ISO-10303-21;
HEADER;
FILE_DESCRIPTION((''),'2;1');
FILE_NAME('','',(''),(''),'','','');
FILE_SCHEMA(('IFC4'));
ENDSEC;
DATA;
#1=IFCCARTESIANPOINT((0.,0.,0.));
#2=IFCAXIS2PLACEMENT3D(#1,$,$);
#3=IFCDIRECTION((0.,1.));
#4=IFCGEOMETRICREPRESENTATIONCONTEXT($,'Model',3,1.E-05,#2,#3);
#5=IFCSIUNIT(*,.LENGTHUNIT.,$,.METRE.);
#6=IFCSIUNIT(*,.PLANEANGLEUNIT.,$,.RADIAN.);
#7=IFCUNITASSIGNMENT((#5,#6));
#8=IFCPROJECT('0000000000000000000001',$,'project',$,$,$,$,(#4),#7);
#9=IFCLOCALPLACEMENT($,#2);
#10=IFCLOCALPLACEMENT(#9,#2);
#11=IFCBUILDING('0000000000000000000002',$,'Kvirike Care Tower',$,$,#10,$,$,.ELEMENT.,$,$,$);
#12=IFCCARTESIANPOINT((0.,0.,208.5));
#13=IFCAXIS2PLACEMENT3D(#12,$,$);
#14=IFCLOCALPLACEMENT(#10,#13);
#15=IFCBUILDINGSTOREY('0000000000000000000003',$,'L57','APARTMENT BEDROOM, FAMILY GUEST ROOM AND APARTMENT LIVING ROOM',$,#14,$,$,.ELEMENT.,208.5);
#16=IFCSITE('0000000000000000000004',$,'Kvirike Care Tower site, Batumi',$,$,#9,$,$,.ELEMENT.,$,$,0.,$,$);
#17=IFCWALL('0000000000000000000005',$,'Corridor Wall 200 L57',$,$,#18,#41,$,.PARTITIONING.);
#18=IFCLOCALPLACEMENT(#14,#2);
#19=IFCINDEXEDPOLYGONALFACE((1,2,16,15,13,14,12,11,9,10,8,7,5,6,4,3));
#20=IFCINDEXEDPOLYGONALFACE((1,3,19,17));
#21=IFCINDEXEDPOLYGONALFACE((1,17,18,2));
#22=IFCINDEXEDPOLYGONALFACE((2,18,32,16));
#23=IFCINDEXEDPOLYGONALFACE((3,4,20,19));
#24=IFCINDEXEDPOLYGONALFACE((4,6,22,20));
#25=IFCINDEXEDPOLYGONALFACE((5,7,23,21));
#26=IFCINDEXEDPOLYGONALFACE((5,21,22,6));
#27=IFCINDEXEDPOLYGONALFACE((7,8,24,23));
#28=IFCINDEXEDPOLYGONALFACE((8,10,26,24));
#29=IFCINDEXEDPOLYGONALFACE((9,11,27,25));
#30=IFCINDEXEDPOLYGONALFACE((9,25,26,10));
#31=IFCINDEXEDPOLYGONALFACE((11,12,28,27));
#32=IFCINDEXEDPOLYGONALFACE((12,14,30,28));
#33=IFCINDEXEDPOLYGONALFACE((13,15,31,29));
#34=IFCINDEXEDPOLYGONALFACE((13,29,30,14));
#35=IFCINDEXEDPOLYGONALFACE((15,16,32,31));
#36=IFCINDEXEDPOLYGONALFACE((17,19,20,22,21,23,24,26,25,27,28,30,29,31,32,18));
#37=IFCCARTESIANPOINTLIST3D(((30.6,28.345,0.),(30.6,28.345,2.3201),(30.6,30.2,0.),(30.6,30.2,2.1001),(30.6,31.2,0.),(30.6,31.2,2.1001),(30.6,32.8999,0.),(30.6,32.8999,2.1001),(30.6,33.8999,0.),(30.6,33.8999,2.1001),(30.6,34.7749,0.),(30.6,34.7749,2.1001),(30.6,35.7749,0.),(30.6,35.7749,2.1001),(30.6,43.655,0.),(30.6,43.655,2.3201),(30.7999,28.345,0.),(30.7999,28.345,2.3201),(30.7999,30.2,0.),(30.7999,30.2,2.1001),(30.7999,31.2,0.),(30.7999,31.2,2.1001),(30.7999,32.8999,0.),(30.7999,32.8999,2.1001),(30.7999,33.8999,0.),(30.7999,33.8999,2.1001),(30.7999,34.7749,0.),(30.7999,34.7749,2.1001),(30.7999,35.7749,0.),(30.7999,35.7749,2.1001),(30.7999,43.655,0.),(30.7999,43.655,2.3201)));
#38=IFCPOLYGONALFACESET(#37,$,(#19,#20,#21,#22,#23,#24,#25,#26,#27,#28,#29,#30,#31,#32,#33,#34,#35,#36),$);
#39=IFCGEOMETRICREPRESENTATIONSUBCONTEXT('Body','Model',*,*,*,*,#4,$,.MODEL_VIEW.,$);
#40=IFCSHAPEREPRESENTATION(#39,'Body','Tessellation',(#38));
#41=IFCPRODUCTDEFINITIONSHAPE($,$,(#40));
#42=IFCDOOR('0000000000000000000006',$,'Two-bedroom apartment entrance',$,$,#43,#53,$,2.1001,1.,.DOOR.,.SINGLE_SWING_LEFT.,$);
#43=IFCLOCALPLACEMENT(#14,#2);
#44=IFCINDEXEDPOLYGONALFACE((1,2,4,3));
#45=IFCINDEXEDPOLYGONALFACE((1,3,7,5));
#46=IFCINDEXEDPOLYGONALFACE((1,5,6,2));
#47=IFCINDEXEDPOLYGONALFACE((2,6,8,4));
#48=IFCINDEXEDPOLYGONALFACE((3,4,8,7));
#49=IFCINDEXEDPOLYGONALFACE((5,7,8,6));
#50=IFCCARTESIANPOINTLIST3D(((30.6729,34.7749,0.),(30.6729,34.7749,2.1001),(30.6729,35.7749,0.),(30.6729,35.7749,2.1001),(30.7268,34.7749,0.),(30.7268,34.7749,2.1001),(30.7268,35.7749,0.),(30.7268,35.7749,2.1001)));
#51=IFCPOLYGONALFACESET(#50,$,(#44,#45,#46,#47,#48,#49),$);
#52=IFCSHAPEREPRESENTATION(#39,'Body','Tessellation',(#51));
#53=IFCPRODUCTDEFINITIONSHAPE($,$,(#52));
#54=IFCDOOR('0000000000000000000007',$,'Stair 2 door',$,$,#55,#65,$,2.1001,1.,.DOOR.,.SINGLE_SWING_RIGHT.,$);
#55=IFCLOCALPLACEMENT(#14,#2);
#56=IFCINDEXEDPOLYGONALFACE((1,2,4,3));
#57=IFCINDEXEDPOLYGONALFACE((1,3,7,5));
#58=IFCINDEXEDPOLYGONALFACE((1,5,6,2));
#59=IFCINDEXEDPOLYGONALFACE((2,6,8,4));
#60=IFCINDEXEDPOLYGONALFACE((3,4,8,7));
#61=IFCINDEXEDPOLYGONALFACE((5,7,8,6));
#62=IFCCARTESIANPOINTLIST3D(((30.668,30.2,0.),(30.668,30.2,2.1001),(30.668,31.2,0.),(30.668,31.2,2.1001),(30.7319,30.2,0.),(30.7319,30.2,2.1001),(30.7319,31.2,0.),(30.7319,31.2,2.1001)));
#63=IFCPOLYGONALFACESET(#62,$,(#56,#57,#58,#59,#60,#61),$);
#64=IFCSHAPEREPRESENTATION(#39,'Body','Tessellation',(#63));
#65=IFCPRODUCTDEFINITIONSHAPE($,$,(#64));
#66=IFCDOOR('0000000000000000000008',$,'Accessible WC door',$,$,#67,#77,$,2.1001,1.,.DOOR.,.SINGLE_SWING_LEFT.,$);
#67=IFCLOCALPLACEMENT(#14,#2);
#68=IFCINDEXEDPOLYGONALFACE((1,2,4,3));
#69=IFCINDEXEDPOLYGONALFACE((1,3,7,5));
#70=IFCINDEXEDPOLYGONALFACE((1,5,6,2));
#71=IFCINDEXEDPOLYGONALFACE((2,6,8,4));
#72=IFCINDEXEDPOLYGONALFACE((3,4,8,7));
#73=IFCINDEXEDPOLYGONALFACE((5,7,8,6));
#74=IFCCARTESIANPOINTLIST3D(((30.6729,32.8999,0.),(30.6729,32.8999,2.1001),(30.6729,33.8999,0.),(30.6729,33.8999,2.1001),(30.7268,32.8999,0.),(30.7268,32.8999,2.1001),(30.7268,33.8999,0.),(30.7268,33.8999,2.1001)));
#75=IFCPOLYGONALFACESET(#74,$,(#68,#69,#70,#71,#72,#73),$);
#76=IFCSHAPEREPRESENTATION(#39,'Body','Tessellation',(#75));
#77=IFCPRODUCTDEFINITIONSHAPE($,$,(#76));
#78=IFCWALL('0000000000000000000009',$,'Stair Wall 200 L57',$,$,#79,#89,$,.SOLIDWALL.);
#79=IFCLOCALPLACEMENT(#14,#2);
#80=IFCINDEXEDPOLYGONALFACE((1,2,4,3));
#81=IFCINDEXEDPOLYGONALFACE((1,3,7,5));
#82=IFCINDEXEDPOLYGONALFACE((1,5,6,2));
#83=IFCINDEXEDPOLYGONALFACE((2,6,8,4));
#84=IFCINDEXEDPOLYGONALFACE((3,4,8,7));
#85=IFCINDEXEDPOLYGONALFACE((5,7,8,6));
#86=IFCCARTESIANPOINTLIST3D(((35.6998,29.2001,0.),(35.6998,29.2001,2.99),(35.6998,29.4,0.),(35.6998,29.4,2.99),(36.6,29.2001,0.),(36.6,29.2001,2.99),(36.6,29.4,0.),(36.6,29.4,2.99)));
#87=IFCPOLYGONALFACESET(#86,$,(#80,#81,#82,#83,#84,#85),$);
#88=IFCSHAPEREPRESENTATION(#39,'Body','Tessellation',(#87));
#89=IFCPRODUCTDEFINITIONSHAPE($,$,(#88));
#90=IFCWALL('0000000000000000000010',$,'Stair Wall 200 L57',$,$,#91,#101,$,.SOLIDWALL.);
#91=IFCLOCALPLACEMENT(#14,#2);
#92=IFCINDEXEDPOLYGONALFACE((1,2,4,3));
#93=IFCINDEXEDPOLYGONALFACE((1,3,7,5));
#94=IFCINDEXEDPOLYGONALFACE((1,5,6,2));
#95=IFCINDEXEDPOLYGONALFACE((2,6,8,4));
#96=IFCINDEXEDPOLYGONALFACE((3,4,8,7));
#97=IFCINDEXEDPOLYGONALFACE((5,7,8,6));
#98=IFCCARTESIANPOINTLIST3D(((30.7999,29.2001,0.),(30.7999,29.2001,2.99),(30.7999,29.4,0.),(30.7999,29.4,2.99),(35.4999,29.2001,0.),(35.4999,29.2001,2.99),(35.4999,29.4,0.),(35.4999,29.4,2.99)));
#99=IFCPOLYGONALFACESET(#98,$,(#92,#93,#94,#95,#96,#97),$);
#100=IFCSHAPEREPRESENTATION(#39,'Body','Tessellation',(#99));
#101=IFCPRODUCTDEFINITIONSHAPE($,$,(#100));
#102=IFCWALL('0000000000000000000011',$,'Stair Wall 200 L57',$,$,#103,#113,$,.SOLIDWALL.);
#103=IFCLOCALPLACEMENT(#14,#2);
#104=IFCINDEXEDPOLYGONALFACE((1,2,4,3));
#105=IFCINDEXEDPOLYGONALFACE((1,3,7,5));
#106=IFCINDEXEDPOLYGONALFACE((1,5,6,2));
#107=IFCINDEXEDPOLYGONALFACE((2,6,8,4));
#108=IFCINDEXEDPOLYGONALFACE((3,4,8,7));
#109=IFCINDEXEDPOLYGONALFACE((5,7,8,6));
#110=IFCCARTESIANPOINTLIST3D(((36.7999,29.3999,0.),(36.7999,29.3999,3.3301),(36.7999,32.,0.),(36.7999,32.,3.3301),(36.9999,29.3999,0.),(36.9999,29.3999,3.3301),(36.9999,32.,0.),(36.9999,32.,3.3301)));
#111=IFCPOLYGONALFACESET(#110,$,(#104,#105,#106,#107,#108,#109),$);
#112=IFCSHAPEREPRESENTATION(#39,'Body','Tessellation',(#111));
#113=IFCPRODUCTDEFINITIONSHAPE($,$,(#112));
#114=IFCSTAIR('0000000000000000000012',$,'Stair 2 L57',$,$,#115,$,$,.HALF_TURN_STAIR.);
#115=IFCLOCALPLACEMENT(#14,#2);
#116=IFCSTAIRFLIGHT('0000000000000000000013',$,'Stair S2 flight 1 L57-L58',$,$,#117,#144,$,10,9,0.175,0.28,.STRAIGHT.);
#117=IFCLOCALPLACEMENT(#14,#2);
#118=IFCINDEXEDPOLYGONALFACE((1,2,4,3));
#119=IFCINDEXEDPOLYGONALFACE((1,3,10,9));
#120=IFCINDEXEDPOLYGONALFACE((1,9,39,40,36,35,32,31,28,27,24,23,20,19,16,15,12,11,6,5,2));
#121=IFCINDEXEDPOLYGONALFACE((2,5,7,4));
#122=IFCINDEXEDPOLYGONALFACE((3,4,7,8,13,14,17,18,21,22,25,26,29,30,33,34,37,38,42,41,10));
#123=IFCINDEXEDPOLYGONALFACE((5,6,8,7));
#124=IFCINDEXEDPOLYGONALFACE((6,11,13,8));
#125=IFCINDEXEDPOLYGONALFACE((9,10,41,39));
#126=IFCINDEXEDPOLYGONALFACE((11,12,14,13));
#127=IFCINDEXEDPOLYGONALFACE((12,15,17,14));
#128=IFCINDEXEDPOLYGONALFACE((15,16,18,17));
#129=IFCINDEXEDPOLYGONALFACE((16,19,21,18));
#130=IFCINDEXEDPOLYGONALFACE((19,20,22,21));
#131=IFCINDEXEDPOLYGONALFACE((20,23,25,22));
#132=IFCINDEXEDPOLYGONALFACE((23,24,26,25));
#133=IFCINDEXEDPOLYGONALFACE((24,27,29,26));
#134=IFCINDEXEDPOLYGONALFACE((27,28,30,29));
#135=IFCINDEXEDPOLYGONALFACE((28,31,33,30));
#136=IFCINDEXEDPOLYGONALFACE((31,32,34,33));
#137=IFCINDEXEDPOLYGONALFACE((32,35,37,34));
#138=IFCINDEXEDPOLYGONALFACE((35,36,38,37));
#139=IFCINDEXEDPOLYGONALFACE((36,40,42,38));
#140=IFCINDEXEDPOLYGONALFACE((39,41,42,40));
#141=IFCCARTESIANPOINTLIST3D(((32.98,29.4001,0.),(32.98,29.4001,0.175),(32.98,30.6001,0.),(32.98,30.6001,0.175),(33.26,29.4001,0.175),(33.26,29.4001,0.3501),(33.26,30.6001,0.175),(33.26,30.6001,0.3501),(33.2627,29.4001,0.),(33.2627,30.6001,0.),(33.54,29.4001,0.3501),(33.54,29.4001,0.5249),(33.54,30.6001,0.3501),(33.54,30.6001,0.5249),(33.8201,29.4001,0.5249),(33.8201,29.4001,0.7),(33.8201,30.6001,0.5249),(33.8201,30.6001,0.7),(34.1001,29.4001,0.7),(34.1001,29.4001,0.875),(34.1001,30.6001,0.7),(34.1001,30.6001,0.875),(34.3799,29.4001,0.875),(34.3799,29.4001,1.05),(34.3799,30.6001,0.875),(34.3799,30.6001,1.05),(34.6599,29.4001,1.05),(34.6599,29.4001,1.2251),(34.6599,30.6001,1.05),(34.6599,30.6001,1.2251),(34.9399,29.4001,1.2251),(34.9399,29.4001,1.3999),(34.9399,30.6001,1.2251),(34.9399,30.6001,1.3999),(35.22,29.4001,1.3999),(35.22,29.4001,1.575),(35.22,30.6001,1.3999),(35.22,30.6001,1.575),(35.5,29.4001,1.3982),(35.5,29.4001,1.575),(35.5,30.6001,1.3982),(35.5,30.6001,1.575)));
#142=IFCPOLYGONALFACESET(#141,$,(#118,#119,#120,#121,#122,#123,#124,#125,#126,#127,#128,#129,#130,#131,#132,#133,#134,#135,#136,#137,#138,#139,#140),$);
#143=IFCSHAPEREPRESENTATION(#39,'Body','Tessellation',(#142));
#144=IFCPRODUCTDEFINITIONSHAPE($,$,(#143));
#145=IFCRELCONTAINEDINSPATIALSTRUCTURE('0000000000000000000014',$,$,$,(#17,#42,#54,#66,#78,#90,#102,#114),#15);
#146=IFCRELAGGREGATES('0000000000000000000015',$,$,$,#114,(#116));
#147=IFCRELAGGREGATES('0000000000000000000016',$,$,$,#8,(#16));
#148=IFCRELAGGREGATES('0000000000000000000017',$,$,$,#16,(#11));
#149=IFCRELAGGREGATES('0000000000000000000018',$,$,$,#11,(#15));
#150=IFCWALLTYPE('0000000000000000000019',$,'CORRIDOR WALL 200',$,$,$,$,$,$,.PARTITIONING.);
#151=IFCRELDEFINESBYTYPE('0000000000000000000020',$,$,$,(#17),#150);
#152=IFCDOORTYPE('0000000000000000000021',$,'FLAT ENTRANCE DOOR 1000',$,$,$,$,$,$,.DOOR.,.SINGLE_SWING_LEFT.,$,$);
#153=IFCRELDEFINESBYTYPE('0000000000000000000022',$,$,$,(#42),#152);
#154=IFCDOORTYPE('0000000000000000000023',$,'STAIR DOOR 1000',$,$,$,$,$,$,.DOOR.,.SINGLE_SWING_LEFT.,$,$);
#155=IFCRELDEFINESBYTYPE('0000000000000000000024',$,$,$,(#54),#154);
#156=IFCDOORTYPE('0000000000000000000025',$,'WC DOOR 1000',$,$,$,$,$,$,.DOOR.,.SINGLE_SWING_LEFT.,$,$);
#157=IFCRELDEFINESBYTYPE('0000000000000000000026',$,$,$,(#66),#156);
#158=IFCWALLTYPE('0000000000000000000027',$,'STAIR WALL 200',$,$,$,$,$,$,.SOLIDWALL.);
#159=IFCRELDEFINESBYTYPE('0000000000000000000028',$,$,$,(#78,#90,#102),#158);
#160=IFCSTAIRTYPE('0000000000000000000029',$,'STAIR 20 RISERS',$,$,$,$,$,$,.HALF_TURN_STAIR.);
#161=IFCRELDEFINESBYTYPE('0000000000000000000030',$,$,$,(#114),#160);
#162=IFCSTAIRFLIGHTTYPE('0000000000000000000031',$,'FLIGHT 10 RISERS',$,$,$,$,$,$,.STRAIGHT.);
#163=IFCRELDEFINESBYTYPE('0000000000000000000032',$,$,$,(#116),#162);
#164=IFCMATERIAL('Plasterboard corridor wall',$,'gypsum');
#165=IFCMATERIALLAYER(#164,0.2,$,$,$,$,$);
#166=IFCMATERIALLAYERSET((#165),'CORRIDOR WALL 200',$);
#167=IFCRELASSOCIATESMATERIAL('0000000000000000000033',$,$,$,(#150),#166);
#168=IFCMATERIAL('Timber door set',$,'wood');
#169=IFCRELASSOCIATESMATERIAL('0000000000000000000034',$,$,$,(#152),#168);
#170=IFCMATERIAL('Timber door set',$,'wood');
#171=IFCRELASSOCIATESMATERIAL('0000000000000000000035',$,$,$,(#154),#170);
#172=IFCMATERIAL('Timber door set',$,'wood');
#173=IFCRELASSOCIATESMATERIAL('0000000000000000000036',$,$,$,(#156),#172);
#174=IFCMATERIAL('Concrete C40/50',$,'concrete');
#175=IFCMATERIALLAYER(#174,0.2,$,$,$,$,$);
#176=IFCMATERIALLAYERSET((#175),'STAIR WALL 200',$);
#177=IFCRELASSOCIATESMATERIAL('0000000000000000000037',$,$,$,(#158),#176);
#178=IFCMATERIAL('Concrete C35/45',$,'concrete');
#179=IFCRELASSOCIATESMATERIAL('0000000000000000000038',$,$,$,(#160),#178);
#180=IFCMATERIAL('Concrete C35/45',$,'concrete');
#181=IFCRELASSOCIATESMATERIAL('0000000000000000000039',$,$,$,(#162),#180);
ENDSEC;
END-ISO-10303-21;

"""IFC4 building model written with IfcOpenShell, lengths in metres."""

from ifc_helpers import new_model, si_unit, direction, frame, frame_2d, origin, place, context, subcontext, project, spatial, polyline, rectangle, outline, extrude, material, layer, layer_set, type_object, element, fill, aggregate, save


model = new_model("IFC4")

# Units and contexts
model_context = context("Model", 3, precision=1e-05, world=origin(), true_north=direction((0.0, 1.0)))
body_context = subcontext(model_context, "Body", "Model", "MODEL_VIEW")
ifc_project = project(units=[si_unit("LENGTHUNIT", "METRE"), si_unit("PLANEANGLEUNIT", "RADIAN")], contexts=[model_context])

# Site, building, storey
site_placement = place(None, origin())
site = spatial("IfcSite", under=ifc_project, at=site_placement, Name="Kvirike Care Tower site, Batumi", CompositionType="ELEMENT", RefElevation=0.0)
building_placement = place(site_placement, origin())
building = spatial("IfcBuilding", under=site, at=building_placement, Name="Kvirike Care Tower", CompositionType="ELEMENT")
storey_placement = place(building_placement, frame((0.0, 0.0, 208.5)))
storey = spatial("IfcBuildingStorey", under=building, at=storey_placement, Name="L57", Description="APARTMENT BEDROOM, FAMILY GUEST ROOM AND APARTMENT LIVING ROOM", CompositionType="ELEMENT", Elevation=208.5)

# Wall, openings, doors
ifc_material_1 = material(Name="Plasterboard corridor wall", Category="gypsum")
ifc_layer_1 = layer(ifc_material_1, 0.2)
ifc_layer_set_1 = layer_set([ifc_layer_1], Name="CORRIDOR WALL 200")
wall_type_1 = type_object("IfcWallType", Name="CORRIDOR WALL 200", PredefinedType="PARTITIONING", material=ifc_layer_set_1)
wall_1_placement = place(storey_placement, frame((30.7, 28.345, 0.0), z_axis=(0.0, 0.0, 1.0), x_axis=(0.0, 1.0, 0.0)))
wall_1 = element("IfcWall", 1, at=wall_1_placement, inside=storey, type_object=wall_type_1, Name="Corridor Wall 200 L57", PredefinedType="PARTITIONING", context=body_context, shape_type="SweptSolid", body=[
    extrude(rectangle(XDim=15.3101, YDim=0.2, at=frame_2d((7.655, 0.0))), origin(), (0.0, 0.0, 1.0), 2.3201),
])
opening_1_placement = place(wall_1_placement, frame((1.855, 0.0, 0.0)))
opening_1 = element("IfcOpeningElement", 2, at=opening_1_placement, cuts=wall_1, PredefinedType="OPENING", context=body_context, shape_type="SweptSolid", body=[
    extrude(rectangle(XDim=1.0, YDim=2.1001, at=frame_2d((0.5, 1.05))), frame((0.0, 0.1106, 0.0), z_axis=(0.0, -1.0, 0.0), x_axis=(1.0, 0.0, 0.0)), (0.0, 0.0, 1.0), 0.2209),
])
opening_2_placement = place(wall_1_placement, frame((4.5549, 0.0, 0.0)))
opening_2 = element("IfcOpeningElement", 3, at=opening_2_placement, cuts=wall_1, PredefinedType="OPENING", context=body_context, shape_type="SweptSolid", body=[
    extrude(rectangle(XDim=1.0, YDim=2.1001, at=frame_2d((0.5, 1.05))), frame((0.0, 0.1106, 0.0), z_axis=(0.0, -1.0, 0.0), x_axis=(1.0, 0.0, 0.0)), (0.0, 0.0, 1.0), 0.2209),
])
opening_3_placement = place(wall_1_placement, frame((6.4299, 0.0, 0.0)))
opening_3 = element("IfcOpeningElement", 4, at=opening_3_placement, cuts=wall_1, PredefinedType="OPENING", context=body_context, shape_type="SweptSolid", body=[
    extrude(rectangle(XDim=1.0, YDim=2.1001, at=frame_2d((0.5, 1.05))), frame((0.0, 0.1106, 0.0), z_axis=(0.0, -1.0, 0.0), x_axis=(1.0, 0.0, 0.0)), (0.0, 0.0, 1.0), 0.2209),
])
ifc_material_2 = material(Name="Timber door set", Category="wood")
door_type_1 = type_object("IfcDoorType", Name="FLAT ENTRANCE DOOR 1000", OperationType="SINGLE_SWING_LEFT", PredefinedType="DOOR", material=ifc_material_2)
door_1_placement = place(opening_3_placement, frame((1.0, 0.0, 0.0), z_axis=(0.0, 0.0, 1.0), x_axis=(-1.0, 0.0, 0.0)))
door_1 = element("IfcDoor", 5, at=door_1_placement, inside=storey, type_object=door_type_1, Name="Two-bedroom apartment entrance", OperationType="SINGLE_SWING_LEFT", OverallHeight=2.1001, OverallWidth=1.0, PredefinedType="DOOR", context=body_context, shape_type="SweptSolid", body=[
    extrude(rectangle(XDim=1.0, YDim=2.1001, at=frame_2d((0.5, 1.05))), frame((0.0, 0.0269, 0.0), z_axis=(0.0, -1.0, 0.0), x_axis=(1.0, 0.0, 0.0)), (0.0, 0.0, 1.0), 0.054),
])
fill(opening_3, door_1)
ifc_material_3 = material(Name="Timber door set", Category="wood")
door_type_2 = type_object("IfcDoorType", Name="STAIR DOOR 1000", OperationType="SINGLE_SWING_LEFT", PredefinedType="DOOR", material=ifc_material_3)
door_2_placement = place(opening_1_placement, frame((1.0, 0.0, 0.0), z_axis=(0.0, 0.0, 1.0), x_axis=(-1.0, 0.0, 0.0)))
door_2 = element("IfcDoor", 6, at=door_2_placement, inside=storey, type_object=door_type_2, Name="Stair 2 door", OperationType="SINGLE_SWING_RIGHT", OverallHeight=2.1001, OverallWidth=1.0, PredefinedType="DOOR", context=body_context, shape_type="SweptSolid", body=[
    extrude(rectangle(XDim=1.0, YDim=2.1001, at=frame_2d((0.5, 1.05))), frame((0.0, 0.032, 0.0), z_axis=(0.0, -1.0, 0.0), x_axis=(1.0, 0.0, 0.0)), (0.0, 0.0, 1.0), 0.064),
])
fill(opening_1, door_2)
ifc_material_4 = material(Name="Timber door set", Category="wood")
door_type_3 = type_object("IfcDoorType", Name="WC DOOR 1000", OperationType="SINGLE_SWING_LEFT", PredefinedType="DOOR", material=ifc_material_4)
door_3_placement = place(opening_2_placement, frame((1.0, 0.0, 0.0), z_axis=(0.0, 0.0, 1.0), x_axis=(-1.0, 0.0, 0.0)))
door_3 = element("IfcDoor", 7, at=door_3_placement, inside=storey, type_object=door_type_3, Name="Accessible WC door", OperationType="SINGLE_SWING_LEFT", OverallHeight=2.1001, OverallWidth=1.0, PredefinedType="DOOR", context=body_context, shape_type="SweptSolid", body=[
    extrude(rectangle(XDim=1.0, YDim=2.1001, at=frame_2d((0.5, 1.05))), frame((0.0, 0.0269, 0.0), z_axis=(0.0, -1.0, 0.0), x_axis=(1.0, 0.0, 0.0)), (0.0, 0.0, 1.0), 0.054),
])
fill(opening_2, door_3)

# Walls
ifc_material_5 = material(Name="Concrete C40/50", Category="concrete")
ifc_layer_2 = layer(ifc_material_5, 0.2)
ifc_layer_set_2 = layer_set([ifc_layer_2], Name="STAIR WALL 200")
wall_type_2 = type_object("IfcWallType", Name="STAIR WALL 200", PredefinedType="SOLIDWALL", material=ifc_layer_set_2)
wall_2_placement = place(storey_placement, frame((36.6001, 29.3, 0.0), z_axis=(0.0, 0.0, 1.0), x_axis=(-1.0, 0.0, 0.0)))
element("IfcWall", 8, at=wall_2_placement, inside=storey, type_object=wall_type_2, Name="Stair Wall 200 L57", PredefinedType="SOLIDWALL", context=body_context, shape_type="SweptSolid", body=[
    extrude(rectangle(XDim=0.9001, YDim=0.2, at=frame_2d((0.4502, 0.0))), origin(), (0.0, 0.0, 1.0), 2.99),
])
wall_3_placement = place(storey_placement, frame((35.5, 29.3, 0.0), z_axis=(0.0, 0.0, 1.0), x_axis=(-1.0, 0.0, 0.0)))
element("IfcWall", 9, at=wall_3_placement, inside=storey, type_object=wall_type_2, Name="Stair Wall 200 L57", PredefinedType="SOLIDWALL", context=body_context, shape_type="SweptSolid", body=[
    extrude(rectangle(XDim=4.7, YDim=0.2, at=frame_2d((2.3501, 0.0))), origin(), (0.0, 0.0, 1.0), 2.99),
])
wall_4_placement = place(storey_placement, frame((36.8999, 29.3999, 0.0), z_axis=(0.0, 0.0, 1.0), x_axis=(0.0, 1.0, 0.0)))
element("IfcWall", 10, at=wall_4_placement, inside=storey, type_object=wall_type_2, Name="Stair Wall 200 L57", PredefinedType="SOLIDWALL", context=body_context, shape_type="SweptSolid", body=[
    extrude(rectangle(XDim=2.6001, YDim=0.2, at=frame_2d((1.3, 0.0))), origin(), (0.0, 0.0, 1.0), 3.3301),
])

# Stair, stair flight
ifc_material_6 = material(Name="Concrete C35/45", Category="concrete")
stair_type = type_object("IfcStairType", Name="STAIR 20 RISERS", PredefinedType="HALF_TURN_STAIR", material=ifc_material_6)
stair_placement = place(storey_placement, origin())
stair = element("IfcStair", 11, at=stair_placement, inside=storey, type_object=stair_type, Name="Stair 2 L57", PredefinedType="HALF_TURN_STAIR")
ifc_material_7 = material(Name="Concrete C35/45", Category="concrete")
stair_flight_type = type_object("IfcStairFlightType", Name="FLIGHT 10 RISERS", PredefinedType="STRAIGHT", material=ifc_material_7)
stair_flight_placement = place(storey_placement, frame((32.98, 30.0, 0.0), z_axis=(0.0, 0.0, 1.0), x_axis=(1.0, 0.0, 0.0)))
stair_flight = element("IfcStairFlight", 12, at=stair_flight_placement, type_object=stair_flight_type, Name="Stair S2 flight 1 L57-L58", NumberOfRisers=10, NumberOfTreads=9, PredefinedType="STRAIGHT", RiserHeight=0.175, TreadLength=0.28, context=body_context, shape_type="SweptSolid", body=[
    extrude(outline(polyline([(0.0, 0.0), (0.0, 0.175), (0.28, 0.175), (0.28, 0.3501), (0.5601, 0.3501), (0.5601, 0.5249), (0.8401, 0.5249), (0.8401, 0.7), (1.1201, 0.7), (1.1201, 0.875), (1.3999, 0.875), (1.3999, 1.05), (1.6799, 1.05), (1.6799, 1.2251), (1.96, 1.2251), (1.96, 1.3999), (2.24, 1.3999), (2.24, 1.575), (2.52, 1.575), (2.52, 1.75), (2.52, 1.3982), (0.2827, 0.0), (0.0, 0.0)])), frame((0.0, 0.6001, 0.0), z_axis=(0.0, -1.0, 0.0), x_axis=(1.0, 0.0, 0.0)), (0.0, 0.0, 1.0), 1.2),
])
aggregate(stair, [stair_flight])

save(model, "model.ifc")
